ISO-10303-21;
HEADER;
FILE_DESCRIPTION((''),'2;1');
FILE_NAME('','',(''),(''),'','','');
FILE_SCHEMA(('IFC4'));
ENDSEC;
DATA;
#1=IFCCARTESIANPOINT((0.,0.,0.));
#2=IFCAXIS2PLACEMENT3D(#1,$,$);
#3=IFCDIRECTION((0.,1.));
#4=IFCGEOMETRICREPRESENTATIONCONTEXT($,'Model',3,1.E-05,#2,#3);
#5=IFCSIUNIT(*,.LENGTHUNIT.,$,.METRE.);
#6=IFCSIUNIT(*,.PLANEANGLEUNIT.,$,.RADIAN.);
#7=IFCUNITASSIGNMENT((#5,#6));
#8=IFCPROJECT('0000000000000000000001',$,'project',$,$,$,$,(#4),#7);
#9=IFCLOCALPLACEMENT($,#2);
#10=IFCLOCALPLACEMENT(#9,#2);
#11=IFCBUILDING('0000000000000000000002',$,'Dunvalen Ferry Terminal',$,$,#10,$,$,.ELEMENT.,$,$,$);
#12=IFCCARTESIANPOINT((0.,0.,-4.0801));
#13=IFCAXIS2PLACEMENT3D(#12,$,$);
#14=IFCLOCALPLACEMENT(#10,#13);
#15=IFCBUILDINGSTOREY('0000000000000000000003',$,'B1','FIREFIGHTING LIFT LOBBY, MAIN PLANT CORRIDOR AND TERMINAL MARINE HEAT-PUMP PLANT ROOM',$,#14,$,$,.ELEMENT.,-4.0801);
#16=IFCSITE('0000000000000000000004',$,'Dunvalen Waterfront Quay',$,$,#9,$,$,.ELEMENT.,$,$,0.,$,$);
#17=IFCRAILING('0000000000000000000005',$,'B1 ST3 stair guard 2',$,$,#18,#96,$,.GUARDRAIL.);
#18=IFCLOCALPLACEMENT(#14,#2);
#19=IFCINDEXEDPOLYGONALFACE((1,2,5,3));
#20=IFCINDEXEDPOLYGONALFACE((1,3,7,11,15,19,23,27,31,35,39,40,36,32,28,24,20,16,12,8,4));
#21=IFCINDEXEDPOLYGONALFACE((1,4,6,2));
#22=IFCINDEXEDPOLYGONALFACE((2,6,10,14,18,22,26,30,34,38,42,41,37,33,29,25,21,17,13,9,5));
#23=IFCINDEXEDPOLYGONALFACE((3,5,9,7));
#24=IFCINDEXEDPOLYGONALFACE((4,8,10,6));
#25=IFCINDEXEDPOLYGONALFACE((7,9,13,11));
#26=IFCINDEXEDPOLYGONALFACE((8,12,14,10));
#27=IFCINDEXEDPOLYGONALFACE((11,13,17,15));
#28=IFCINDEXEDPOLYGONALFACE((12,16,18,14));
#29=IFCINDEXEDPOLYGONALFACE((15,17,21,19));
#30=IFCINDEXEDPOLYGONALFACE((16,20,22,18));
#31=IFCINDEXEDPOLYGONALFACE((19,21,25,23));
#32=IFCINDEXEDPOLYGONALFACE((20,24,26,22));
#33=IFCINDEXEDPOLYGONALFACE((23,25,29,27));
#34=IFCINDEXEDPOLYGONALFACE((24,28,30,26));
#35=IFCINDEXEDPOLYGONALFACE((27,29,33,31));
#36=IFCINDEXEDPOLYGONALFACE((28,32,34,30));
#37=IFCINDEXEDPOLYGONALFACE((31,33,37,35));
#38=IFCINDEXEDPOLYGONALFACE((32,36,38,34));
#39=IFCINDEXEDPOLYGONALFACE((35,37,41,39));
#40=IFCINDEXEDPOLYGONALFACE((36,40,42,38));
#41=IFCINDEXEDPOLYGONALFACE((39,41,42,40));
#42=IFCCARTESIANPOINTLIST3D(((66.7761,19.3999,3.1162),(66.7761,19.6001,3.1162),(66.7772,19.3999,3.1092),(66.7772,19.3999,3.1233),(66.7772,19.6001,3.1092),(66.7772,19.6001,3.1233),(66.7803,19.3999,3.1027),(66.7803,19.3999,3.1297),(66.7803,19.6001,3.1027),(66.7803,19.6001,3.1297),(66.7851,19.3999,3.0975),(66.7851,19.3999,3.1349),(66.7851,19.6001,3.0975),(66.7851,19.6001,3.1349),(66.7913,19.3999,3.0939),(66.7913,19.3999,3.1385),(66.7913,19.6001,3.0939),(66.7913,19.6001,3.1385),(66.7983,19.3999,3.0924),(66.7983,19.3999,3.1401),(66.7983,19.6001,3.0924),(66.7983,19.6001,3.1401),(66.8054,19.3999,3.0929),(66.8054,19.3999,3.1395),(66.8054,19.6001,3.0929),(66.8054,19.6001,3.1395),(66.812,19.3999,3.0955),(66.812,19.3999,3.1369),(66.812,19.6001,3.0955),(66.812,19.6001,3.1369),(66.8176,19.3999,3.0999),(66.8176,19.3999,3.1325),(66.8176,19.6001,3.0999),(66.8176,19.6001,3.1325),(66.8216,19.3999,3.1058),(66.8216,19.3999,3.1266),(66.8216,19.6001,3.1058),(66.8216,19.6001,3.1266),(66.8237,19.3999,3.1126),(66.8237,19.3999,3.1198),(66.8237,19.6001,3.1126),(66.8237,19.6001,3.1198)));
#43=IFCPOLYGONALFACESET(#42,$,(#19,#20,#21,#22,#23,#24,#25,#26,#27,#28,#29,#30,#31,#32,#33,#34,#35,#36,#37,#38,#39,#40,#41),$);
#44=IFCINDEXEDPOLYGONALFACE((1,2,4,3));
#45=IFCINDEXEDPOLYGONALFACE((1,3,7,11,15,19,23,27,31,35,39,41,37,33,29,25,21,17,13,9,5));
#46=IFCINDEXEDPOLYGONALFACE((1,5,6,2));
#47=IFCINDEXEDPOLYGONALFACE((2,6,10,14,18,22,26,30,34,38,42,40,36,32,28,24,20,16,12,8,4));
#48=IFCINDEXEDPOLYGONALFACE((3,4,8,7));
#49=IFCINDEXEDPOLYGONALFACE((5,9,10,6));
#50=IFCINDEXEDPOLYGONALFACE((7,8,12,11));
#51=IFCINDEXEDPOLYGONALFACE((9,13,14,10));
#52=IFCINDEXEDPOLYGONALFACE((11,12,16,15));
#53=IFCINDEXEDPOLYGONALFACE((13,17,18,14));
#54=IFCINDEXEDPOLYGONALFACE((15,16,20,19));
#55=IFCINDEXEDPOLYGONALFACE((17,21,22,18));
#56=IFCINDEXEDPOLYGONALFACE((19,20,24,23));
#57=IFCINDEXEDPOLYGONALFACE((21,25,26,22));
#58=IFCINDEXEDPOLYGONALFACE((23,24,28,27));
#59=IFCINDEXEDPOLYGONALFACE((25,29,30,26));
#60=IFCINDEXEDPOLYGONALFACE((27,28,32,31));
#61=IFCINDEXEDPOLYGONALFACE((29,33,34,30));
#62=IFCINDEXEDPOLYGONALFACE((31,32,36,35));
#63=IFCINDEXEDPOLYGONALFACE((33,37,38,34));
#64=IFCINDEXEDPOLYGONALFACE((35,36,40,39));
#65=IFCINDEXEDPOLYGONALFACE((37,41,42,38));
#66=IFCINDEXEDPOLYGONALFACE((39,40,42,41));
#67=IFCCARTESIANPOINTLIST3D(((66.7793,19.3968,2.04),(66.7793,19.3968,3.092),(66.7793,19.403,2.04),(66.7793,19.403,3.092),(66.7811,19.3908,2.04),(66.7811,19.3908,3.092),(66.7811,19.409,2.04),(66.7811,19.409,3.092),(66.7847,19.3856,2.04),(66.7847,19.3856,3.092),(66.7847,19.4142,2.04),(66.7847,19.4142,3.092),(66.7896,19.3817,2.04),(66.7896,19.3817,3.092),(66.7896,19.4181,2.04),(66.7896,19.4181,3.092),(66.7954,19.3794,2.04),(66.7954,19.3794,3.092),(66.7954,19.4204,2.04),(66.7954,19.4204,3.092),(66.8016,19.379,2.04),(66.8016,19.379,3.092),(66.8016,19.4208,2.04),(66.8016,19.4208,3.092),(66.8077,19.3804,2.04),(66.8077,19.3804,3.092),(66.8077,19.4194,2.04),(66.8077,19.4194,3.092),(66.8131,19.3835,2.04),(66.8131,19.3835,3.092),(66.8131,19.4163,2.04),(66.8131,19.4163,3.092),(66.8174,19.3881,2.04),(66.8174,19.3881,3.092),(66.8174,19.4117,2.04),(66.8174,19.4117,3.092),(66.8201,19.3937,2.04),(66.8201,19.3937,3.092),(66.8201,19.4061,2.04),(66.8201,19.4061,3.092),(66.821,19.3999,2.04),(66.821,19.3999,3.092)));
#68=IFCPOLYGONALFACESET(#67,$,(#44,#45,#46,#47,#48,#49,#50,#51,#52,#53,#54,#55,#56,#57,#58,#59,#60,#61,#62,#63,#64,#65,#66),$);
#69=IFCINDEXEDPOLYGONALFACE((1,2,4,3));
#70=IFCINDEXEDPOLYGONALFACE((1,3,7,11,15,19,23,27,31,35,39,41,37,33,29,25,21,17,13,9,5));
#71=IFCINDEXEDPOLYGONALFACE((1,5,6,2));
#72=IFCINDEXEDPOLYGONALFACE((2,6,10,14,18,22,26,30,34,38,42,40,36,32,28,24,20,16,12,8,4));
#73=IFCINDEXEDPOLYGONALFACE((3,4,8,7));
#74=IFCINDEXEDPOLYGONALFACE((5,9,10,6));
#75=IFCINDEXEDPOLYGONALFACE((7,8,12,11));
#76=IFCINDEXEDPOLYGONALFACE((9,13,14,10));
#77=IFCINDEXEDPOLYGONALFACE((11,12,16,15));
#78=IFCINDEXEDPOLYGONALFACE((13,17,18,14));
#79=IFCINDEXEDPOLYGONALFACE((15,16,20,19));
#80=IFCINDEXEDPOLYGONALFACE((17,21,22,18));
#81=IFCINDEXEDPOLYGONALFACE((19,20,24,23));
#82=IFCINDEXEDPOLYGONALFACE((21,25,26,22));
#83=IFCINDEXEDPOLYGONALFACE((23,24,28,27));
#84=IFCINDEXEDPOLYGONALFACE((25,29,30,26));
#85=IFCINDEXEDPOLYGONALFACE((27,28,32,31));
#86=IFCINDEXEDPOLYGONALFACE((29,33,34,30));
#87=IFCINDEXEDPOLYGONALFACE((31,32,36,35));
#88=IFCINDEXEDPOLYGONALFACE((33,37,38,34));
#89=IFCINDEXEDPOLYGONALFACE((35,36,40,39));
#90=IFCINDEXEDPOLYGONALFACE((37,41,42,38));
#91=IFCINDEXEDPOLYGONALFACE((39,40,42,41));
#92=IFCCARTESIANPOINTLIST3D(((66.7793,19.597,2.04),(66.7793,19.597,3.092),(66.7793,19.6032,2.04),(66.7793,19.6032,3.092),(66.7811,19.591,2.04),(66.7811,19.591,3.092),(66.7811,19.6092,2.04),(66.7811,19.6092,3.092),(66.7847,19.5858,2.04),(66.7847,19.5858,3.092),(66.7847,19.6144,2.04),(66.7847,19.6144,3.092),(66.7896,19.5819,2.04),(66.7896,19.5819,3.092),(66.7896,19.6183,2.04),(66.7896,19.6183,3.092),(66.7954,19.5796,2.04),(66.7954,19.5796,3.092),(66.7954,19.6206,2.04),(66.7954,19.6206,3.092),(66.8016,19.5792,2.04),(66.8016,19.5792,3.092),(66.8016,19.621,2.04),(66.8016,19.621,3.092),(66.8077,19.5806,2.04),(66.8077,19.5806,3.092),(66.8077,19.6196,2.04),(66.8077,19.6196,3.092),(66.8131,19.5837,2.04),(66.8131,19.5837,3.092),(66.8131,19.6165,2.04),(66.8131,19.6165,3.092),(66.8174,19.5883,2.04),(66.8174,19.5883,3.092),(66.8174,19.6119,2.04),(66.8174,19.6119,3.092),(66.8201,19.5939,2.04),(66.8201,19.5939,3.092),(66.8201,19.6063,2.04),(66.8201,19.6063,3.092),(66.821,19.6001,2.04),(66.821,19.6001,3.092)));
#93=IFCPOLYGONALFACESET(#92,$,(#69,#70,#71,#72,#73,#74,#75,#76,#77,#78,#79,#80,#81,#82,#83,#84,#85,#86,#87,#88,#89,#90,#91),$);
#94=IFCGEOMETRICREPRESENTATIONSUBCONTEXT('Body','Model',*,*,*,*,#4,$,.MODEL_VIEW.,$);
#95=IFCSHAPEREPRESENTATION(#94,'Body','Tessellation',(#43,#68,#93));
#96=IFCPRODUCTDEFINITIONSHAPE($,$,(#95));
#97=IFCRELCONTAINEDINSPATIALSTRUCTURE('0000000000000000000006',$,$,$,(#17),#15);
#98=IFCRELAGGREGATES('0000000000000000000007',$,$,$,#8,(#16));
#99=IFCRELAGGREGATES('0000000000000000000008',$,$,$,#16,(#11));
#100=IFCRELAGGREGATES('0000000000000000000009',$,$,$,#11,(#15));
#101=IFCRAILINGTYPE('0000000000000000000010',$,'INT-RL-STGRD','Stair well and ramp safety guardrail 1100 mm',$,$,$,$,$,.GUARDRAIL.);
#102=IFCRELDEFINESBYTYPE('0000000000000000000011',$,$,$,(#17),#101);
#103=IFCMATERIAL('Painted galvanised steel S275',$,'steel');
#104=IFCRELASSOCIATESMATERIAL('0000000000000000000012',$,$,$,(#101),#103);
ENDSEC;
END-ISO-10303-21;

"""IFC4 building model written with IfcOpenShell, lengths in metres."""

from ifc_helpers import new_model, si_unit, direction, frame, origin, origin_2d, place, context, subcontext, project, spatial, circle, extrude, material, type_object, element, save


model = new_model("IFC4")

# Units and contexts
model_context = context("Model", 3, precision=1e-05, world=origin(), true_north=direction((0.0, 1.0)))
body_context = subcontext(model_context, "Body", "Model", "MODEL_VIEW")
ifc_project = project(units=[si_unit("LENGTHUNIT", "METRE"), si_unit("PLANEANGLEUNIT", "RADIAN")], contexts=[model_context])

# Site, building, storey
site_placement = place(None, origin())
site = spatial("IfcSite", under=ifc_project, at=site_placement, Name="Dunvalen Waterfront Quay", CompositionType="ELEMENT", RefElevation=0.0)
building_placement = place(site_placement, origin())
building = spatial("IfcBuilding", under=site, at=building_placement, Name="Dunvalen Ferry Terminal", CompositionType="ELEMENT")
storey_placement = place(building_placement, frame((0.0, 0.0, -4.0801)))
storey = spatial("IfcBuildingStorey", under=building, at=storey_placement, Name="B1", Description="FIREFIGHTING LIFT LOBBY, MAIN PLANT CORRIDOR AND TERMINAL MARINE HEAT-PUMP PLANT ROOM", CompositionType="ELEMENT", Elevation=-4.0801)

# Railing
ifc_material_1 = material(Name="Painted galvanised steel S275", Category="steel")
railing_type_1 = type_object("IfcRailingType", Name="INT-RL-STGRD", Description="Stair well and ramp safety guardrail 1100 mm", PredefinedType="GUARDRAIL", material=ifc_material_1)
railing_1_placement = place(storey_placement, frame((66.8, 19.3999, 2.04)))
element("IfcRailing", 1, at=railing_1_placement, inside=storey, type_object=railing_type_1, Name="B1 ST3 stair guard 2", PredefinedType="GUARDRAIL", context=body_context, shape_type="SweptSolid", body=[
    extrude(circle(Radius=0.0239, at=origin_2d()), frame((0.0, 0.0, 1.0762), z_axis=(0.0, 1.0, 0.0), x_axis=(-1.0, 0.0, 0.0)), (0.0, 0.0, 1.0), 0.2002),
    extrude(circle(Radius=0.021, at=origin_2d()), origin(), (0.0, 0.0, 1.0), 1.052),
    extrude(circle(Radius=0.021, at=origin_2d()), frame((0.0, 0.2002, 0.0)), (0.0, 0.0, 1.0), 1.052),
])

save(model, "model.ifc")
